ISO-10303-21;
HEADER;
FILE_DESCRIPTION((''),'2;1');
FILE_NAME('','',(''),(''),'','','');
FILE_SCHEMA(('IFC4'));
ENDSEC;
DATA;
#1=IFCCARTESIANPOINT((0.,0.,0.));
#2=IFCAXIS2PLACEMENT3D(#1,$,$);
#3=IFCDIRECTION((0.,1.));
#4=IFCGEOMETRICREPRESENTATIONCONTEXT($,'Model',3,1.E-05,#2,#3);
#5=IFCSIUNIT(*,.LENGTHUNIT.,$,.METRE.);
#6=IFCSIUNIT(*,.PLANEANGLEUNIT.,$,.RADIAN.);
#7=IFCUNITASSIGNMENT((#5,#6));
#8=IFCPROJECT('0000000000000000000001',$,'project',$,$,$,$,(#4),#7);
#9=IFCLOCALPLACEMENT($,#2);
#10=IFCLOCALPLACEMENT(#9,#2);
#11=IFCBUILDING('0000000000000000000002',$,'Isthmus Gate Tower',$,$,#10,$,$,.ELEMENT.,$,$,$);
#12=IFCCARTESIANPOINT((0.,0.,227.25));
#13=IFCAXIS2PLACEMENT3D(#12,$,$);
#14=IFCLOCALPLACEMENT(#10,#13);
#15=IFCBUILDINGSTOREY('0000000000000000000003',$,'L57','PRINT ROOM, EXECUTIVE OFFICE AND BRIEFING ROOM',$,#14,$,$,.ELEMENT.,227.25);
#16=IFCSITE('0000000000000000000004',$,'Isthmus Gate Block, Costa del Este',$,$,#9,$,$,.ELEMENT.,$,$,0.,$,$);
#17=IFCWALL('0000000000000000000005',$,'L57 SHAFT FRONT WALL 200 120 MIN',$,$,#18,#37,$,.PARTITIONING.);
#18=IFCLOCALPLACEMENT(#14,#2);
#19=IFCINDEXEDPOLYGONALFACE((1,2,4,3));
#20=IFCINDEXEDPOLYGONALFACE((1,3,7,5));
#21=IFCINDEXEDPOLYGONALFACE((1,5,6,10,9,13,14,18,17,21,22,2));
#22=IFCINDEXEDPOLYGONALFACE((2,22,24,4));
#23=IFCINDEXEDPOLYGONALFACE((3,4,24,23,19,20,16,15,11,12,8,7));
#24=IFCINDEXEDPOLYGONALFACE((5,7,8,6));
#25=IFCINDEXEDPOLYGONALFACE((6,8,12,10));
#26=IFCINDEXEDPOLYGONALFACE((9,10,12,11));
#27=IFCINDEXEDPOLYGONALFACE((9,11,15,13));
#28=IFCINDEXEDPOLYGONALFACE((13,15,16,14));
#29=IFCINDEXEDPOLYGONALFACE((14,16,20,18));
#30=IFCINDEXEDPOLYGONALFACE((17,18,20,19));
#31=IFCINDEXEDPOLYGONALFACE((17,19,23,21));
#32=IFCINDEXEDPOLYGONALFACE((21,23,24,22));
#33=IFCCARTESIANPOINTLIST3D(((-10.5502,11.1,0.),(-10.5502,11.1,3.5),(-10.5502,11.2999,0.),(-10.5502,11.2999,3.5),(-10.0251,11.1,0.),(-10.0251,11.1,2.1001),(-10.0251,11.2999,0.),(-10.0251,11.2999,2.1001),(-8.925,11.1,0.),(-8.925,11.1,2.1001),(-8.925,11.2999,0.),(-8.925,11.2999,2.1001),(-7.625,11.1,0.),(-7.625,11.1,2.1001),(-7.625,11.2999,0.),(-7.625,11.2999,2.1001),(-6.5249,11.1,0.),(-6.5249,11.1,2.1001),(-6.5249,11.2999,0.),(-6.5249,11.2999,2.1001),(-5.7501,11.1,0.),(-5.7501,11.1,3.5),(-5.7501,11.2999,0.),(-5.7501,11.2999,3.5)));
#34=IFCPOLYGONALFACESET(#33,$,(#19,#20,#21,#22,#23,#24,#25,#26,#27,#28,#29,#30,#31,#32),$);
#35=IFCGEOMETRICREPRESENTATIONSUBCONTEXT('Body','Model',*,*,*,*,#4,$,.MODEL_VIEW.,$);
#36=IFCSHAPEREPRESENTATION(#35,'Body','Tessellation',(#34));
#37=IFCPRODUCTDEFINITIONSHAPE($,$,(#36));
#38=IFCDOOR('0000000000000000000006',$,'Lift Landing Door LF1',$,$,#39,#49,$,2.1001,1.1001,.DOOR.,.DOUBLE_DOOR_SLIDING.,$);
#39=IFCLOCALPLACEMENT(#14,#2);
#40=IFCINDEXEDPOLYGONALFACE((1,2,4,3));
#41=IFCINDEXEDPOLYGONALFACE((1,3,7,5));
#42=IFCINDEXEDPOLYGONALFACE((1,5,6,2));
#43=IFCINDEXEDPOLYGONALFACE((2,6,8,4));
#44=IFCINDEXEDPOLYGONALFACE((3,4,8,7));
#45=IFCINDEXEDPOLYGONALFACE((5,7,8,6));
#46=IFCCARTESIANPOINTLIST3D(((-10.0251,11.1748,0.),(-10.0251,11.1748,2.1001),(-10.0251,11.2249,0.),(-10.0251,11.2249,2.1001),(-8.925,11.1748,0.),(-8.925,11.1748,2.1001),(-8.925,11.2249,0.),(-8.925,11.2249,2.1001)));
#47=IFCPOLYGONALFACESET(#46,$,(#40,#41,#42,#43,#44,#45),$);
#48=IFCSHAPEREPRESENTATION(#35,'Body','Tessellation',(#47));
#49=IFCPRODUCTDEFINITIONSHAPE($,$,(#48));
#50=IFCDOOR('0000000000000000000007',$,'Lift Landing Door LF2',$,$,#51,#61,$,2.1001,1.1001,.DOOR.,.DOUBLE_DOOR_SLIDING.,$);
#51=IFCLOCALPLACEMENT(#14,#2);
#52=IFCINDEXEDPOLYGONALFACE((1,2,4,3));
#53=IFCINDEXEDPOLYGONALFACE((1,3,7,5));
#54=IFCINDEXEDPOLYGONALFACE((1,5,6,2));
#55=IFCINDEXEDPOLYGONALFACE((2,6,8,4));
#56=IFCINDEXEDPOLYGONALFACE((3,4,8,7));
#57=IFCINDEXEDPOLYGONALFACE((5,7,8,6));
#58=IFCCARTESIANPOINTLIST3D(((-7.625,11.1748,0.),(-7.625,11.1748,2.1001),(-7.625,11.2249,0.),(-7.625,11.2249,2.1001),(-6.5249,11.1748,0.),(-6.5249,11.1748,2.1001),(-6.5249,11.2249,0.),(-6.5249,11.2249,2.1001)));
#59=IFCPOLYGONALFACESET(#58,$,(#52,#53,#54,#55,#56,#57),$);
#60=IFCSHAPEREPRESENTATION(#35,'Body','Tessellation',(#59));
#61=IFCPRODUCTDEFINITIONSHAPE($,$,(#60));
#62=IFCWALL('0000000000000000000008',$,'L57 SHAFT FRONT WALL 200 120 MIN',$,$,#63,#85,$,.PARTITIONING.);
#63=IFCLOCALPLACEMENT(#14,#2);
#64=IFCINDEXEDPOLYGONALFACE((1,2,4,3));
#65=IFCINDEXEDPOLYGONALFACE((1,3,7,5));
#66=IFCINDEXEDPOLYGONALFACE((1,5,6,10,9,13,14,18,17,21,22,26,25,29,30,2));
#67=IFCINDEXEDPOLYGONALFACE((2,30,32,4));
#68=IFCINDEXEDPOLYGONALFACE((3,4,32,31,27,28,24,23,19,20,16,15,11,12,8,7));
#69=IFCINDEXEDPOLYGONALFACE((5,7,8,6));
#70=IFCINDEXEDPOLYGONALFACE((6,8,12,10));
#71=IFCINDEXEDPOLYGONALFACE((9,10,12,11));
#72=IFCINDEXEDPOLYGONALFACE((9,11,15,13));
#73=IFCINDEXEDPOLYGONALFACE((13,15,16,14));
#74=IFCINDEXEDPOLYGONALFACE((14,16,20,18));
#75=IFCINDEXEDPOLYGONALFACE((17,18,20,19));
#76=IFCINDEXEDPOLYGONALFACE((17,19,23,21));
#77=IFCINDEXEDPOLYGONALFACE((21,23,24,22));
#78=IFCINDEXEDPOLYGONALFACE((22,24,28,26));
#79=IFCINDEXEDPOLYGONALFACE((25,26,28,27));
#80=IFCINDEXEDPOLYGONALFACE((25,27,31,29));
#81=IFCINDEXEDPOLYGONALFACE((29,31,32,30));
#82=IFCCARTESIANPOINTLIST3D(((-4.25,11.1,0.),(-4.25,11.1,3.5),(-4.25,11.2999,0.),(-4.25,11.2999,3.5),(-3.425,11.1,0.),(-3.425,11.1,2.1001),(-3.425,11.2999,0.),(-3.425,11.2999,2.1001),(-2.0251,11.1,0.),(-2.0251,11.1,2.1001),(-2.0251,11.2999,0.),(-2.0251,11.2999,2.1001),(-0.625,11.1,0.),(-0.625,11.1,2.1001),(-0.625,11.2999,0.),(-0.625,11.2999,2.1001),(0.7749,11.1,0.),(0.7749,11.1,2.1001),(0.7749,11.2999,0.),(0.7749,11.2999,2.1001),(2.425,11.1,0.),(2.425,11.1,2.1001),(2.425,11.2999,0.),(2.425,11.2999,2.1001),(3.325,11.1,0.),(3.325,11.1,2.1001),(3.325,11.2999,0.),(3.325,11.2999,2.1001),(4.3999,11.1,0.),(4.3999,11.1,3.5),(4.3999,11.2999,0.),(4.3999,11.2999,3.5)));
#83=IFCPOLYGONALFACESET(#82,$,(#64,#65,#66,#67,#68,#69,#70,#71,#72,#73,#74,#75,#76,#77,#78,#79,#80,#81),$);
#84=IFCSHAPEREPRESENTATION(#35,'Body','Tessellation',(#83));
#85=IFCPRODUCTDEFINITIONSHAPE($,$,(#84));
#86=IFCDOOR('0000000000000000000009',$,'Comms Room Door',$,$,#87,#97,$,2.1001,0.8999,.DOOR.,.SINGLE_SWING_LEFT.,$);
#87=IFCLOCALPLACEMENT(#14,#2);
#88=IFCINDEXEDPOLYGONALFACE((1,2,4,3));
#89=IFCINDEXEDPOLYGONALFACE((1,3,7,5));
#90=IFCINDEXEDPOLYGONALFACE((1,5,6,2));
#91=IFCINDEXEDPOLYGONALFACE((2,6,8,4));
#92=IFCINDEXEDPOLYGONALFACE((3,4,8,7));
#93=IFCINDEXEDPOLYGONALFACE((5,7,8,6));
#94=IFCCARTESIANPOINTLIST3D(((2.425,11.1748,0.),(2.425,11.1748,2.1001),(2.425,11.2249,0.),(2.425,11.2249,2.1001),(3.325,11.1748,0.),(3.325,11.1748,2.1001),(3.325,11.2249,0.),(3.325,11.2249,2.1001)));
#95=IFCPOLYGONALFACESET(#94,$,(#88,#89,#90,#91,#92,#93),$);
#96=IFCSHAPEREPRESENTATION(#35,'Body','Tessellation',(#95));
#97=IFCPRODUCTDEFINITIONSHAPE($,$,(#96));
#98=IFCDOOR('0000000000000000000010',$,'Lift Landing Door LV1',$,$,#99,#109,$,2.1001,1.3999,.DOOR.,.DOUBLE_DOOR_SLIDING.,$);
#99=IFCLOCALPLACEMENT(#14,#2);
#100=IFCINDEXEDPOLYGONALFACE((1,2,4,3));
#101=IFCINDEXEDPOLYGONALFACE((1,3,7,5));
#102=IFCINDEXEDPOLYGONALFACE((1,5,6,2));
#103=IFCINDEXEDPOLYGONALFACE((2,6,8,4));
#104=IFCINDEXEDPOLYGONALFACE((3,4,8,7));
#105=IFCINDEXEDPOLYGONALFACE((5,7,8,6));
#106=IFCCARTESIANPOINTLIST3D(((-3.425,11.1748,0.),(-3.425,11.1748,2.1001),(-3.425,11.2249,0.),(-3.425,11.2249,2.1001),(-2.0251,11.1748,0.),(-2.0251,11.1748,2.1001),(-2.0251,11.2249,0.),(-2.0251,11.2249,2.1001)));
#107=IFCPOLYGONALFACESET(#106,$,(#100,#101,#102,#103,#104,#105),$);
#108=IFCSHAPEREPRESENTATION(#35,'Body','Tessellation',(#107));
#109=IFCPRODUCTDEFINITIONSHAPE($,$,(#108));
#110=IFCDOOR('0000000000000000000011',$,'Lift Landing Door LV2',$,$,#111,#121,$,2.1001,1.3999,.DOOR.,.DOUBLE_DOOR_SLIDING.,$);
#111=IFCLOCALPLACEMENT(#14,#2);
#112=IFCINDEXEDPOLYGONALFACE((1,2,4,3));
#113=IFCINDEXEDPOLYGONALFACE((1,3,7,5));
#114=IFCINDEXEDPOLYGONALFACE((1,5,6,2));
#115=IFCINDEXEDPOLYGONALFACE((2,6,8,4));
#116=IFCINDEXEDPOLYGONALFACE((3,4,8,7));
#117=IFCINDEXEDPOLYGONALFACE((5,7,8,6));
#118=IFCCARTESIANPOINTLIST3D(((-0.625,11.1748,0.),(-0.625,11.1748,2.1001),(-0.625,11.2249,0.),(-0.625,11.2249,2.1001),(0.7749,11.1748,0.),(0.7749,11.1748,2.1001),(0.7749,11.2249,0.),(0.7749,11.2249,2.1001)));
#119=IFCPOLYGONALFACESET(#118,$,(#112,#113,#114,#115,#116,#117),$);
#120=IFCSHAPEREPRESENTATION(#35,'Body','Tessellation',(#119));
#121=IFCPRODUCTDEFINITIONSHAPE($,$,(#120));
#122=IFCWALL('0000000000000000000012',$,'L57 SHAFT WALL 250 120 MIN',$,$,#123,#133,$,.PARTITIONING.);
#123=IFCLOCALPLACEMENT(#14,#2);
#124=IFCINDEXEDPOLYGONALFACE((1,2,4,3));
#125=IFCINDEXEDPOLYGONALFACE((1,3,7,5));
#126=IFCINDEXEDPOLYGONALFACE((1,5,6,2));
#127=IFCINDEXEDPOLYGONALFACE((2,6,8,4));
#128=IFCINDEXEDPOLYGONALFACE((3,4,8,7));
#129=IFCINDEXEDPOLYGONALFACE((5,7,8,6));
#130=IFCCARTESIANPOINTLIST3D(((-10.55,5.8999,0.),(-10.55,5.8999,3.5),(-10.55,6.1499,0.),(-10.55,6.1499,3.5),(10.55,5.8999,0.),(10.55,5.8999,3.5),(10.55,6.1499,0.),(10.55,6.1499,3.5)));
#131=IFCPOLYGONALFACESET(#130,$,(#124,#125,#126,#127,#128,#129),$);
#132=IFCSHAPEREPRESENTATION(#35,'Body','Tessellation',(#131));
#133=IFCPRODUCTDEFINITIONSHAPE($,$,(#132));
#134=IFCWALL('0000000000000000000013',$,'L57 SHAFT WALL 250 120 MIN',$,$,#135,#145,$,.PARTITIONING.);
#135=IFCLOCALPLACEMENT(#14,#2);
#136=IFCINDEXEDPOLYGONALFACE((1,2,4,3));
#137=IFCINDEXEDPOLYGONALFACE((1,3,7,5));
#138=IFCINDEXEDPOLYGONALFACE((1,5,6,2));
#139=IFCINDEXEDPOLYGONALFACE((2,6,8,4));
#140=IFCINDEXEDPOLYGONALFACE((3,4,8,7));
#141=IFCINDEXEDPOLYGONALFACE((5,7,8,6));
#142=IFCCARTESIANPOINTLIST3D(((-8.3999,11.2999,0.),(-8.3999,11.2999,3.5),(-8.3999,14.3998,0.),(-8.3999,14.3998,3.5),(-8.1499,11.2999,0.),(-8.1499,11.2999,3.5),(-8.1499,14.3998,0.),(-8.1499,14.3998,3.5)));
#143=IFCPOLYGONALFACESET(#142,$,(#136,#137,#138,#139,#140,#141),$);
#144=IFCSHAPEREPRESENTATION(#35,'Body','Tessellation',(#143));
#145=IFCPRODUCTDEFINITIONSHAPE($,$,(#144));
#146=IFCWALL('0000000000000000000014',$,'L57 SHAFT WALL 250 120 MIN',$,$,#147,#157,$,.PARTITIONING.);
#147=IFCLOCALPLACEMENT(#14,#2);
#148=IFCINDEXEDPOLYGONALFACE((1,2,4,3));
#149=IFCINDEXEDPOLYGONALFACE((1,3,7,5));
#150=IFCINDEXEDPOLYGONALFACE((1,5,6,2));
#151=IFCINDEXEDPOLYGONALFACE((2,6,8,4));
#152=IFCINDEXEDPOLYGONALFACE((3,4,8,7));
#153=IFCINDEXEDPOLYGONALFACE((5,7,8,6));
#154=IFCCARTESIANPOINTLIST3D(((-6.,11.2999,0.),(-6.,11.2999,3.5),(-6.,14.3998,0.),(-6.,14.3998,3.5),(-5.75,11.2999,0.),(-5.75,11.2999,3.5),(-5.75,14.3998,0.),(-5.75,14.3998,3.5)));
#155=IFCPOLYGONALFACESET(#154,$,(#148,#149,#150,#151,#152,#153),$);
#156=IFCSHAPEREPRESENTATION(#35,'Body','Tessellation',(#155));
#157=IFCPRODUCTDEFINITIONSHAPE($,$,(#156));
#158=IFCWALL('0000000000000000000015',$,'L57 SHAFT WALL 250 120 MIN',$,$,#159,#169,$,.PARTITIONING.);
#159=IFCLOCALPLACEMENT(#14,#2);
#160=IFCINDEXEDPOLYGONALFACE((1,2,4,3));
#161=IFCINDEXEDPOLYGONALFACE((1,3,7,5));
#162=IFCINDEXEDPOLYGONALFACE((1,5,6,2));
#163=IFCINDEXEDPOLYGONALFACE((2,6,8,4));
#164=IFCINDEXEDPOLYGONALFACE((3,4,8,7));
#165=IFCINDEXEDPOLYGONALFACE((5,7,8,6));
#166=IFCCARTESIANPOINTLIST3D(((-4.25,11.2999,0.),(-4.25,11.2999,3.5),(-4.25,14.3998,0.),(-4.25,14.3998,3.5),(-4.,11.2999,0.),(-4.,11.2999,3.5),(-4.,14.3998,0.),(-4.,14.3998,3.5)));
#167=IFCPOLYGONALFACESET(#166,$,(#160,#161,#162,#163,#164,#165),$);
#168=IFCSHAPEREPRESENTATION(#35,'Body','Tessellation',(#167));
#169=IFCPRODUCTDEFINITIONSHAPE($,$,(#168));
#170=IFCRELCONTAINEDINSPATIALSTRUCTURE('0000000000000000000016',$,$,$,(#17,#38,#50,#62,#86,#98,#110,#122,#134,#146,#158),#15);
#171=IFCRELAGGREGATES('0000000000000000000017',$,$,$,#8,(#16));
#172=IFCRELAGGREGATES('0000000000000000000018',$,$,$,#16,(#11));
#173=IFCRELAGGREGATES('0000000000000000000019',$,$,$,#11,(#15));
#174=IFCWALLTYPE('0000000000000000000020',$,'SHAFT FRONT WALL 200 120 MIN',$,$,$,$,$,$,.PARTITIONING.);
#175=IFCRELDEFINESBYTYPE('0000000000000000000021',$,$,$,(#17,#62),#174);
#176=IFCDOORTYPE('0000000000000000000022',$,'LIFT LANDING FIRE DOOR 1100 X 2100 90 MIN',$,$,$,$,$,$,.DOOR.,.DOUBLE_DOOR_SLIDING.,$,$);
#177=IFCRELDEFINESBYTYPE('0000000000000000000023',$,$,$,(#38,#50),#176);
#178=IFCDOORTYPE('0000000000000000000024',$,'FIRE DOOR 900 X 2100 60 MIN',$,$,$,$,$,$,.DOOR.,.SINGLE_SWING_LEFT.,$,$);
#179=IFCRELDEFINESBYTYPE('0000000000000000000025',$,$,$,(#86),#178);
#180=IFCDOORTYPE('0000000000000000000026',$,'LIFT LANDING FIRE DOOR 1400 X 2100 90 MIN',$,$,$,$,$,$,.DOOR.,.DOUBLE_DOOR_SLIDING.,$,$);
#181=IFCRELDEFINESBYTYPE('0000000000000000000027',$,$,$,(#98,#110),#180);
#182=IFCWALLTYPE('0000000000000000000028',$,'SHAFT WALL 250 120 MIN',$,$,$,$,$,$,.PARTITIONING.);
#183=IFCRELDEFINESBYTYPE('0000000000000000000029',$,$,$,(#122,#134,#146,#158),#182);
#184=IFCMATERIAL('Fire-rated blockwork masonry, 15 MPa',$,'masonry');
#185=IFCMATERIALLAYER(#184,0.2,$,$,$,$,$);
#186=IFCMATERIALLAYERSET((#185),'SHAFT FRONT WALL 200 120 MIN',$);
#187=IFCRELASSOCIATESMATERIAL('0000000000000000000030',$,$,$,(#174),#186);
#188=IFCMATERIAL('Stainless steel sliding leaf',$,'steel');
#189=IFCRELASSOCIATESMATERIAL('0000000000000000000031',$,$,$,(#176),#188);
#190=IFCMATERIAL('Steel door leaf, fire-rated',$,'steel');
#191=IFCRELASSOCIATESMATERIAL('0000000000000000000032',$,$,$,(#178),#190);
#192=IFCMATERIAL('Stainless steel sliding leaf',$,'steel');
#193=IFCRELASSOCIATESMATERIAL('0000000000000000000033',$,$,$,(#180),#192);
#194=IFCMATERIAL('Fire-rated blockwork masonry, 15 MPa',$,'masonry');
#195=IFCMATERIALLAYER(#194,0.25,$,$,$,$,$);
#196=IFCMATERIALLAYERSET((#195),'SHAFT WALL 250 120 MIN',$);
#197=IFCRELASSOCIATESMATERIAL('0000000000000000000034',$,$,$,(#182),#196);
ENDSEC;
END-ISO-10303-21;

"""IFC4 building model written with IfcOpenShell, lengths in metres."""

from ifc_helpers import new_model, si_unit, direction, frame, frame_2d, origin, place, context, subcontext, project, spatial, rectangle, extrude, material, layer, layer_set, type_object, element, fill, save


model = new_model("IFC4")

# Units and contexts
model_context = context("Model", 3, precision=1e-05, world=origin(), true_north=direction((0.0, 1.0)))
body_context = subcontext(model_context, "Body", "Model", "MODEL_VIEW")
ifc_project = project(units=[si_unit("LENGTHUNIT", "METRE"), si_unit("PLANEANGLEUNIT", "RADIAN")], contexts=[model_context])

# Site, building, storey
site_placement = place(None, origin())
site = spatial("IfcSite", under=ifc_project, at=site_placement, Name="Isthmus Gate Block, Costa del Este", CompositionType="ELEMENT", RefElevation=0.0)
building_placement = place(site_placement, origin())
building = spatial("IfcBuilding", under=site, at=building_placement, Name="Isthmus Gate Tower", CompositionType="ELEMENT")
storey_placement = place(building_placement, frame((0.0, 0.0, 227.25)))
storey = spatial("IfcBuildingStorey", under=building, at=storey_placement, Name="L57", Description="PRINT ROOM, EXECUTIVE OFFICE AND BRIEFING ROOM", CompositionType="ELEMENT", Elevation=227.25)

# Walls, openings, doors
ifc_material_1 = material(Name="Fire-rated blockwork masonry, 15 MPa", Category="masonry")
ifc_layer_1 = layer(ifc_material_1, 0.2)
ifc_layer_set_1 = layer_set([ifc_layer_1], Name="SHAFT FRONT WALL 200 120 MIN")
wall_type_1 = type_object("IfcWallType", Name="SHAFT FRONT WALL 200 120 MIN", PredefinedType="PARTITIONING", material=ifc_layer_set_1)
wall_1_placement = place(storey_placement, frame((-10.55, 11.2, 0.0), z_axis=(0.0, 0.0, 1.0), x_axis=(1.0, 0.0, 0.0)))
wall_1 = element("IfcWall", 1, at=wall_1_placement, inside=storey, type_object=wall_type_1, Name="L57 SHAFT FRONT WALL 200 120 MIN", PredefinedType="PARTITIONING", context=body_context, shape_type="SweptSolid", body=[
    extrude(rectangle(XDim=4.8, YDim=0.2, at=frame_2d((2.3999, 0.0))), origin(), (0.0, 0.0, 1.0), 3.5),
])
opening_1_placement = place(wall_1_placement, frame((0.5249, 0.0, 0.0)))
opening_1 = element("IfcOpeningElement", 2, at=opening_1_placement, cuts=wall_1, PredefinedType="OPENING", context=body_context, shape_type="SweptSolid", body=[
    extrude(rectangle(XDim=1.1001, YDim=2.1001, at=frame_2d((0.55, 1.05))), frame((0.0, 0.1099, 0.0), z_axis=(0.0, -1.0, 0.0), x_axis=(1.0, 0.0, 0.0)), (0.0, 0.0, 1.0), 0.22),
])
opening_2_placement = place(wall_1_placement, frame((2.925, 0.0, 0.0)))
opening_2 = element("IfcOpeningElement", 3, at=opening_2_placement, cuts=wall_1, PredefinedType="OPENING", context=body_context, shape_type="SweptSolid", body=[
    extrude(rectangle(XDim=1.1001, YDim=2.1001, at=frame_2d((0.55, 1.05))), frame((0.0, 0.1099, 0.0), z_axis=(0.0, -1.0, 0.0), x_axis=(1.0, 0.0, 0.0)), (0.0, 0.0, 1.0), 0.22),
])
ifc_material_2 = material(Name="Stainless steel sliding leaf", Category="steel")
door_type_1 = type_object("IfcDoorType", Name="LIFT LANDING FIRE DOOR 1100 X 2100 90 MIN", OperationType="DOUBLE_DOOR_SLIDING", PredefinedType="DOOR", material=ifc_material_2)
door_1_placement = place(opening_1_placement, origin())
door_1 = element("IfcDoor", 4, at=door_1_placement, inside=storey, type_object=door_type_1, Name="Lift Landing Door LF1", OperationType="DOUBLE_DOOR_SLIDING", OverallHeight=2.1001, OverallWidth=1.1001, PredefinedType="DOOR", context=body_context, shape_type="SweptSolid", body=[
    extrude(rectangle(XDim=1.1001, YDim=2.1001, at=frame_2d((0.55, 1.05))), frame((0.0, 0.0249, 0.0), z_axis=(0.0, -1.0, 0.0), x_axis=(1.0, 0.0, 0.0)), (0.0, 0.0, 1.0), 0.05),
])
fill(opening_1, door_1)
door_2_placement = place(opening_2_placement, origin())
door_2 = element("IfcDoor", 5, at=door_2_placement, inside=storey, type_object=door_type_1, Name="Lift Landing Door LF2", OperationType="DOUBLE_DOOR_SLIDING", OverallHeight=2.1001, OverallWidth=1.1001, PredefinedType="DOOR", context=body_context, shape_type="SweptSolid", body=[
    extrude(rectangle(XDim=1.1001, YDim=2.1001, at=frame_2d((0.55, 1.05))), frame((0.0, 0.0249, 0.0), z_axis=(0.0, -1.0, 0.0), x_axis=(1.0, 0.0, 0.0)), (0.0, 0.0, 1.0), 0.05),
])
fill(opening_2, door_2)
wall_2_placement = place(storey_placement, frame((-4.25, 11.2, 0.0), z_axis=(0.0, 0.0, 1.0), x_axis=(1.0, 0.0, 0.0)))
wall_2 = element("IfcWall", 6, at=wall_2_placement, inside=storey, type_object=wall_type_1, Name="L57 SHAFT FRONT WALL 200 120 MIN", PredefinedType="PARTITIONING", context=body_context, shape_type="SweptSolid", body=[
    extrude(rectangle(XDim=8.6499, YDim=0.2, at=frame_2d((4.325, 0.0))), origin(), (0.0, 0.0, 1.0), 3.5),
])
opening_3_placement = place(wall_2_placement, frame((0.825, 0.0, 0.0)))
opening_3 = element("IfcOpeningElement", 7, at=opening_3_placement, cuts=wall_2, PredefinedType="OPENING", context=body_context, shape_type="SweptSolid", body=[
    extrude(rectangle(XDim=1.3999, YDim=2.1001, at=frame_2d((0.7, 1.05))), frame((0.0, 0.1099, 0.0), z_axis=(0.0, -1.0, 0.0), x_axis=(1.0, 0.0, 0.0)), (0.0, 0.0, 1.0), 0.22),
])
opening_4_placement = place(wall_2_placement, frame((3.625, 0.0, 0.0)))
opening_4 = element("IfcOpeningElement", 8, at=opening_4_placement, cuts=wall_2, PredefinedType="OPENING", context=body_context, shape_type="SweptSolid", body=[
    extrude(rectangle(XDim=1.3999, YDim=2.1001, at=frame_2d((0.7, 1.05))), frame((0.0, 0.1099, 0.0), z_axis=(0.0, -1.0, 0.0), x_axis=(1.0, 0.0, 0.0)), (0.0, 0.0, 1.0), 0.22),
])
opening_5_placement = place(wall_2_placement, frame((6.675, 0.0, 0.0)))
opening_5 = element("IfcOpeningElement", 9, at=opening_5_placement, cuts=wall_2, PredefinedType="OPENING", context=body_context, shape_type="SweptSolid", body=[
    extrude(rectangle(XDim=0.8999, YDim=2.1001, at=frame_2d((0.45, 1.05))), frame((0.0, 0.1099, 0.0), z_axis=(0.0, -1.0, 0.0), x_axis=(1.0, 0.0, 0.0)), (0.0, 0.0, 1.0), 0.22),
])
ifc_material_3 = material(Name="Steel door leaf, fire-rated", Category="steel")
door_type_2 = type_object("IfcDoorType", Name="FIRE DOOR 900 X 2100 60 MIN", OperationType="SINGLE_SWING_LEFT", PredefinedType="DOOR", material=ifc_material_3)
door_3_placement = place(opening_5_placement, origin())
door_3 = element("IfcDoor", 10, at=door_3_placement, inside=storey, type_object=door_type_2, Name="Comms Room Door", OperationType="SINGLE_SWING_LEFT", OverallHeight=2.1001, OverallWidth=0.8999, PredefinedType="DOOR", context=body_context, shape_type="SweptSolid", body=[
    extrude(rectangle(XDim=0.8999, YDim=2.1001, at=frame_2d((0.45, 1.05))), frame((0.0, 0.0249, 0.0), z_axis=(0.0, -1.0, 0.0), x_axis=(1.0, 0.0, 0.0)), (0.0, 0.0, 1.0), 0.05),
])
fill(opening_5, door_3)
ifc_material_4 = material(Name="Stainless steel sliding leaf", Category="steel")
door_type_3 = type_object("IfcDoorType", Name="LIFT LANDING FIRE DOOR 1400 X 2100 90 MIN", OperationType="DOUBLE_DOOR_SLIDING", PredefinedType="DOOR", material=ifc_material_4)
door_4_placement = place(opening_3_placement, origin())
door_4 = element("IfcDoor", 11, at=door_4_placement, inside=storey, type_object=door_type_3, Name="Lift Landing Door LV1", OperationType="DOUBLE_DOOR_SLIDING", OverallHeight=2.1001, OverallWidth=1.3999, PredefinedType="DOOR", context=body_context, shape_type="SweptSolid", body=[
    extrude(rectangle(XDim=1.3999, YDim=2.1001, at=frame_2d((0.7, 1.05))), frame((0.0, 0.0249, 0.0), z_axis=(0.0, -1.0, 0.0), x_axis=(1.0, 0.0, 0.0)), (0.0, 0.0, 1.0), 0.05),
])
fill(opening_3, door_4)
door_5_placement = place(opening_4_placement, origin())
door_5 = element("IfcDoor", 12, at=door_5_placement, inside=storey, type_object=door_type_3, Name="Lift Landing Door LV2", OperationType="DOUBLE_DOOR_SLIDING", OverallHeight=2.1001, OverallWidth=1.3999, PredefinedType="DOOR", context=body_context, shape_type="SweptSolid", body=[
    extrude(rectangle(XDim=1.3999, YDim=2.1001, at=frame_2d((0.7, 1.05))), frame((0.0, 0.0249, 0.0), z_axis=(0.0, -1.0, 0.0), x_axis=(1.0, 0.0, 0.0)), (0.0, 0.0, 1.0), 0.05),
])
fill(opening_4, door_5)

# Walls
ifc_material_5 = material(Name="Fire-rated blockwork masonry, 15 MPa", Category="masonry")
ifc_layer_2 = layer(ifc_material_5, 0.25)
ifc_layer_set_2 = layer_set([ifc_layer_2], Name="SHAFT WALL 250 120 MIN")
wall_type_2 = type_object("IfcWallType", Name="SHAFT WALL 250 120 MIN", PredefinedType="PARTITIONING", material=ifc_layer_set_2)
wall_3_placement = place(storey_placement, frame((-10.55, 6.0249, 0.0), z_axis=(0.0, 0.0, 1.0), x_axis=(1.0, 0.0, 0.0)))
element("IfcWall", 13, at=wall_3_placement, inside=storey, type_object=wall_type_2, Name="L57 SHAFT WALL 250 120 MIN", PredefinedType="PARTITIONING", context=body_context, shape_type="SweptSolid", body=[
    extrude(rectangle(XDim=21.1001, YDim=0.25, at=frame_2d((10.55, 0.0))), origin(), (0.0, 0.0, 1.0), 3.5),
])
for number, where, z_axis, x_axis, name in (
    (14, (-8.2749, 11.3, 0.0), (0.0, 0.0, 1.0), (0.0, 1.0, 0.0), "L57 SHAFT WALL 250 120 MIN"),
    (15, (-5.875, 11.3, 0.0), (0.0, 0.0, 1.0), (0.0, 1.0, 0.0), "L57 SHAFT WALL 250 120 MIN"),
    (16, (-4.125, 11.3, 0.0), (0.0, 0.0, 1.0), (0.0, 1.0, 0.0), "L57 SHAFT WALL 250 120 MIN"),
):
    element("IfcWall", number, at=place(storey_placement, frame(where, z_axis=z_axis, x_axis=x_axis)), inside=storey, type_object=wall_type_2, Name=name, PredefinedType="PARTITIONING", context=body_context, shape_type="SweptSolid", body=[
        extrude(rectangle(XDim=3.0999, YDim=0.25, at=frame_2d((1.5498, 0.0))), origin(), (0.0, 0.0, 1.0), 3.5),
    ])

save(model, "model.ifc")
